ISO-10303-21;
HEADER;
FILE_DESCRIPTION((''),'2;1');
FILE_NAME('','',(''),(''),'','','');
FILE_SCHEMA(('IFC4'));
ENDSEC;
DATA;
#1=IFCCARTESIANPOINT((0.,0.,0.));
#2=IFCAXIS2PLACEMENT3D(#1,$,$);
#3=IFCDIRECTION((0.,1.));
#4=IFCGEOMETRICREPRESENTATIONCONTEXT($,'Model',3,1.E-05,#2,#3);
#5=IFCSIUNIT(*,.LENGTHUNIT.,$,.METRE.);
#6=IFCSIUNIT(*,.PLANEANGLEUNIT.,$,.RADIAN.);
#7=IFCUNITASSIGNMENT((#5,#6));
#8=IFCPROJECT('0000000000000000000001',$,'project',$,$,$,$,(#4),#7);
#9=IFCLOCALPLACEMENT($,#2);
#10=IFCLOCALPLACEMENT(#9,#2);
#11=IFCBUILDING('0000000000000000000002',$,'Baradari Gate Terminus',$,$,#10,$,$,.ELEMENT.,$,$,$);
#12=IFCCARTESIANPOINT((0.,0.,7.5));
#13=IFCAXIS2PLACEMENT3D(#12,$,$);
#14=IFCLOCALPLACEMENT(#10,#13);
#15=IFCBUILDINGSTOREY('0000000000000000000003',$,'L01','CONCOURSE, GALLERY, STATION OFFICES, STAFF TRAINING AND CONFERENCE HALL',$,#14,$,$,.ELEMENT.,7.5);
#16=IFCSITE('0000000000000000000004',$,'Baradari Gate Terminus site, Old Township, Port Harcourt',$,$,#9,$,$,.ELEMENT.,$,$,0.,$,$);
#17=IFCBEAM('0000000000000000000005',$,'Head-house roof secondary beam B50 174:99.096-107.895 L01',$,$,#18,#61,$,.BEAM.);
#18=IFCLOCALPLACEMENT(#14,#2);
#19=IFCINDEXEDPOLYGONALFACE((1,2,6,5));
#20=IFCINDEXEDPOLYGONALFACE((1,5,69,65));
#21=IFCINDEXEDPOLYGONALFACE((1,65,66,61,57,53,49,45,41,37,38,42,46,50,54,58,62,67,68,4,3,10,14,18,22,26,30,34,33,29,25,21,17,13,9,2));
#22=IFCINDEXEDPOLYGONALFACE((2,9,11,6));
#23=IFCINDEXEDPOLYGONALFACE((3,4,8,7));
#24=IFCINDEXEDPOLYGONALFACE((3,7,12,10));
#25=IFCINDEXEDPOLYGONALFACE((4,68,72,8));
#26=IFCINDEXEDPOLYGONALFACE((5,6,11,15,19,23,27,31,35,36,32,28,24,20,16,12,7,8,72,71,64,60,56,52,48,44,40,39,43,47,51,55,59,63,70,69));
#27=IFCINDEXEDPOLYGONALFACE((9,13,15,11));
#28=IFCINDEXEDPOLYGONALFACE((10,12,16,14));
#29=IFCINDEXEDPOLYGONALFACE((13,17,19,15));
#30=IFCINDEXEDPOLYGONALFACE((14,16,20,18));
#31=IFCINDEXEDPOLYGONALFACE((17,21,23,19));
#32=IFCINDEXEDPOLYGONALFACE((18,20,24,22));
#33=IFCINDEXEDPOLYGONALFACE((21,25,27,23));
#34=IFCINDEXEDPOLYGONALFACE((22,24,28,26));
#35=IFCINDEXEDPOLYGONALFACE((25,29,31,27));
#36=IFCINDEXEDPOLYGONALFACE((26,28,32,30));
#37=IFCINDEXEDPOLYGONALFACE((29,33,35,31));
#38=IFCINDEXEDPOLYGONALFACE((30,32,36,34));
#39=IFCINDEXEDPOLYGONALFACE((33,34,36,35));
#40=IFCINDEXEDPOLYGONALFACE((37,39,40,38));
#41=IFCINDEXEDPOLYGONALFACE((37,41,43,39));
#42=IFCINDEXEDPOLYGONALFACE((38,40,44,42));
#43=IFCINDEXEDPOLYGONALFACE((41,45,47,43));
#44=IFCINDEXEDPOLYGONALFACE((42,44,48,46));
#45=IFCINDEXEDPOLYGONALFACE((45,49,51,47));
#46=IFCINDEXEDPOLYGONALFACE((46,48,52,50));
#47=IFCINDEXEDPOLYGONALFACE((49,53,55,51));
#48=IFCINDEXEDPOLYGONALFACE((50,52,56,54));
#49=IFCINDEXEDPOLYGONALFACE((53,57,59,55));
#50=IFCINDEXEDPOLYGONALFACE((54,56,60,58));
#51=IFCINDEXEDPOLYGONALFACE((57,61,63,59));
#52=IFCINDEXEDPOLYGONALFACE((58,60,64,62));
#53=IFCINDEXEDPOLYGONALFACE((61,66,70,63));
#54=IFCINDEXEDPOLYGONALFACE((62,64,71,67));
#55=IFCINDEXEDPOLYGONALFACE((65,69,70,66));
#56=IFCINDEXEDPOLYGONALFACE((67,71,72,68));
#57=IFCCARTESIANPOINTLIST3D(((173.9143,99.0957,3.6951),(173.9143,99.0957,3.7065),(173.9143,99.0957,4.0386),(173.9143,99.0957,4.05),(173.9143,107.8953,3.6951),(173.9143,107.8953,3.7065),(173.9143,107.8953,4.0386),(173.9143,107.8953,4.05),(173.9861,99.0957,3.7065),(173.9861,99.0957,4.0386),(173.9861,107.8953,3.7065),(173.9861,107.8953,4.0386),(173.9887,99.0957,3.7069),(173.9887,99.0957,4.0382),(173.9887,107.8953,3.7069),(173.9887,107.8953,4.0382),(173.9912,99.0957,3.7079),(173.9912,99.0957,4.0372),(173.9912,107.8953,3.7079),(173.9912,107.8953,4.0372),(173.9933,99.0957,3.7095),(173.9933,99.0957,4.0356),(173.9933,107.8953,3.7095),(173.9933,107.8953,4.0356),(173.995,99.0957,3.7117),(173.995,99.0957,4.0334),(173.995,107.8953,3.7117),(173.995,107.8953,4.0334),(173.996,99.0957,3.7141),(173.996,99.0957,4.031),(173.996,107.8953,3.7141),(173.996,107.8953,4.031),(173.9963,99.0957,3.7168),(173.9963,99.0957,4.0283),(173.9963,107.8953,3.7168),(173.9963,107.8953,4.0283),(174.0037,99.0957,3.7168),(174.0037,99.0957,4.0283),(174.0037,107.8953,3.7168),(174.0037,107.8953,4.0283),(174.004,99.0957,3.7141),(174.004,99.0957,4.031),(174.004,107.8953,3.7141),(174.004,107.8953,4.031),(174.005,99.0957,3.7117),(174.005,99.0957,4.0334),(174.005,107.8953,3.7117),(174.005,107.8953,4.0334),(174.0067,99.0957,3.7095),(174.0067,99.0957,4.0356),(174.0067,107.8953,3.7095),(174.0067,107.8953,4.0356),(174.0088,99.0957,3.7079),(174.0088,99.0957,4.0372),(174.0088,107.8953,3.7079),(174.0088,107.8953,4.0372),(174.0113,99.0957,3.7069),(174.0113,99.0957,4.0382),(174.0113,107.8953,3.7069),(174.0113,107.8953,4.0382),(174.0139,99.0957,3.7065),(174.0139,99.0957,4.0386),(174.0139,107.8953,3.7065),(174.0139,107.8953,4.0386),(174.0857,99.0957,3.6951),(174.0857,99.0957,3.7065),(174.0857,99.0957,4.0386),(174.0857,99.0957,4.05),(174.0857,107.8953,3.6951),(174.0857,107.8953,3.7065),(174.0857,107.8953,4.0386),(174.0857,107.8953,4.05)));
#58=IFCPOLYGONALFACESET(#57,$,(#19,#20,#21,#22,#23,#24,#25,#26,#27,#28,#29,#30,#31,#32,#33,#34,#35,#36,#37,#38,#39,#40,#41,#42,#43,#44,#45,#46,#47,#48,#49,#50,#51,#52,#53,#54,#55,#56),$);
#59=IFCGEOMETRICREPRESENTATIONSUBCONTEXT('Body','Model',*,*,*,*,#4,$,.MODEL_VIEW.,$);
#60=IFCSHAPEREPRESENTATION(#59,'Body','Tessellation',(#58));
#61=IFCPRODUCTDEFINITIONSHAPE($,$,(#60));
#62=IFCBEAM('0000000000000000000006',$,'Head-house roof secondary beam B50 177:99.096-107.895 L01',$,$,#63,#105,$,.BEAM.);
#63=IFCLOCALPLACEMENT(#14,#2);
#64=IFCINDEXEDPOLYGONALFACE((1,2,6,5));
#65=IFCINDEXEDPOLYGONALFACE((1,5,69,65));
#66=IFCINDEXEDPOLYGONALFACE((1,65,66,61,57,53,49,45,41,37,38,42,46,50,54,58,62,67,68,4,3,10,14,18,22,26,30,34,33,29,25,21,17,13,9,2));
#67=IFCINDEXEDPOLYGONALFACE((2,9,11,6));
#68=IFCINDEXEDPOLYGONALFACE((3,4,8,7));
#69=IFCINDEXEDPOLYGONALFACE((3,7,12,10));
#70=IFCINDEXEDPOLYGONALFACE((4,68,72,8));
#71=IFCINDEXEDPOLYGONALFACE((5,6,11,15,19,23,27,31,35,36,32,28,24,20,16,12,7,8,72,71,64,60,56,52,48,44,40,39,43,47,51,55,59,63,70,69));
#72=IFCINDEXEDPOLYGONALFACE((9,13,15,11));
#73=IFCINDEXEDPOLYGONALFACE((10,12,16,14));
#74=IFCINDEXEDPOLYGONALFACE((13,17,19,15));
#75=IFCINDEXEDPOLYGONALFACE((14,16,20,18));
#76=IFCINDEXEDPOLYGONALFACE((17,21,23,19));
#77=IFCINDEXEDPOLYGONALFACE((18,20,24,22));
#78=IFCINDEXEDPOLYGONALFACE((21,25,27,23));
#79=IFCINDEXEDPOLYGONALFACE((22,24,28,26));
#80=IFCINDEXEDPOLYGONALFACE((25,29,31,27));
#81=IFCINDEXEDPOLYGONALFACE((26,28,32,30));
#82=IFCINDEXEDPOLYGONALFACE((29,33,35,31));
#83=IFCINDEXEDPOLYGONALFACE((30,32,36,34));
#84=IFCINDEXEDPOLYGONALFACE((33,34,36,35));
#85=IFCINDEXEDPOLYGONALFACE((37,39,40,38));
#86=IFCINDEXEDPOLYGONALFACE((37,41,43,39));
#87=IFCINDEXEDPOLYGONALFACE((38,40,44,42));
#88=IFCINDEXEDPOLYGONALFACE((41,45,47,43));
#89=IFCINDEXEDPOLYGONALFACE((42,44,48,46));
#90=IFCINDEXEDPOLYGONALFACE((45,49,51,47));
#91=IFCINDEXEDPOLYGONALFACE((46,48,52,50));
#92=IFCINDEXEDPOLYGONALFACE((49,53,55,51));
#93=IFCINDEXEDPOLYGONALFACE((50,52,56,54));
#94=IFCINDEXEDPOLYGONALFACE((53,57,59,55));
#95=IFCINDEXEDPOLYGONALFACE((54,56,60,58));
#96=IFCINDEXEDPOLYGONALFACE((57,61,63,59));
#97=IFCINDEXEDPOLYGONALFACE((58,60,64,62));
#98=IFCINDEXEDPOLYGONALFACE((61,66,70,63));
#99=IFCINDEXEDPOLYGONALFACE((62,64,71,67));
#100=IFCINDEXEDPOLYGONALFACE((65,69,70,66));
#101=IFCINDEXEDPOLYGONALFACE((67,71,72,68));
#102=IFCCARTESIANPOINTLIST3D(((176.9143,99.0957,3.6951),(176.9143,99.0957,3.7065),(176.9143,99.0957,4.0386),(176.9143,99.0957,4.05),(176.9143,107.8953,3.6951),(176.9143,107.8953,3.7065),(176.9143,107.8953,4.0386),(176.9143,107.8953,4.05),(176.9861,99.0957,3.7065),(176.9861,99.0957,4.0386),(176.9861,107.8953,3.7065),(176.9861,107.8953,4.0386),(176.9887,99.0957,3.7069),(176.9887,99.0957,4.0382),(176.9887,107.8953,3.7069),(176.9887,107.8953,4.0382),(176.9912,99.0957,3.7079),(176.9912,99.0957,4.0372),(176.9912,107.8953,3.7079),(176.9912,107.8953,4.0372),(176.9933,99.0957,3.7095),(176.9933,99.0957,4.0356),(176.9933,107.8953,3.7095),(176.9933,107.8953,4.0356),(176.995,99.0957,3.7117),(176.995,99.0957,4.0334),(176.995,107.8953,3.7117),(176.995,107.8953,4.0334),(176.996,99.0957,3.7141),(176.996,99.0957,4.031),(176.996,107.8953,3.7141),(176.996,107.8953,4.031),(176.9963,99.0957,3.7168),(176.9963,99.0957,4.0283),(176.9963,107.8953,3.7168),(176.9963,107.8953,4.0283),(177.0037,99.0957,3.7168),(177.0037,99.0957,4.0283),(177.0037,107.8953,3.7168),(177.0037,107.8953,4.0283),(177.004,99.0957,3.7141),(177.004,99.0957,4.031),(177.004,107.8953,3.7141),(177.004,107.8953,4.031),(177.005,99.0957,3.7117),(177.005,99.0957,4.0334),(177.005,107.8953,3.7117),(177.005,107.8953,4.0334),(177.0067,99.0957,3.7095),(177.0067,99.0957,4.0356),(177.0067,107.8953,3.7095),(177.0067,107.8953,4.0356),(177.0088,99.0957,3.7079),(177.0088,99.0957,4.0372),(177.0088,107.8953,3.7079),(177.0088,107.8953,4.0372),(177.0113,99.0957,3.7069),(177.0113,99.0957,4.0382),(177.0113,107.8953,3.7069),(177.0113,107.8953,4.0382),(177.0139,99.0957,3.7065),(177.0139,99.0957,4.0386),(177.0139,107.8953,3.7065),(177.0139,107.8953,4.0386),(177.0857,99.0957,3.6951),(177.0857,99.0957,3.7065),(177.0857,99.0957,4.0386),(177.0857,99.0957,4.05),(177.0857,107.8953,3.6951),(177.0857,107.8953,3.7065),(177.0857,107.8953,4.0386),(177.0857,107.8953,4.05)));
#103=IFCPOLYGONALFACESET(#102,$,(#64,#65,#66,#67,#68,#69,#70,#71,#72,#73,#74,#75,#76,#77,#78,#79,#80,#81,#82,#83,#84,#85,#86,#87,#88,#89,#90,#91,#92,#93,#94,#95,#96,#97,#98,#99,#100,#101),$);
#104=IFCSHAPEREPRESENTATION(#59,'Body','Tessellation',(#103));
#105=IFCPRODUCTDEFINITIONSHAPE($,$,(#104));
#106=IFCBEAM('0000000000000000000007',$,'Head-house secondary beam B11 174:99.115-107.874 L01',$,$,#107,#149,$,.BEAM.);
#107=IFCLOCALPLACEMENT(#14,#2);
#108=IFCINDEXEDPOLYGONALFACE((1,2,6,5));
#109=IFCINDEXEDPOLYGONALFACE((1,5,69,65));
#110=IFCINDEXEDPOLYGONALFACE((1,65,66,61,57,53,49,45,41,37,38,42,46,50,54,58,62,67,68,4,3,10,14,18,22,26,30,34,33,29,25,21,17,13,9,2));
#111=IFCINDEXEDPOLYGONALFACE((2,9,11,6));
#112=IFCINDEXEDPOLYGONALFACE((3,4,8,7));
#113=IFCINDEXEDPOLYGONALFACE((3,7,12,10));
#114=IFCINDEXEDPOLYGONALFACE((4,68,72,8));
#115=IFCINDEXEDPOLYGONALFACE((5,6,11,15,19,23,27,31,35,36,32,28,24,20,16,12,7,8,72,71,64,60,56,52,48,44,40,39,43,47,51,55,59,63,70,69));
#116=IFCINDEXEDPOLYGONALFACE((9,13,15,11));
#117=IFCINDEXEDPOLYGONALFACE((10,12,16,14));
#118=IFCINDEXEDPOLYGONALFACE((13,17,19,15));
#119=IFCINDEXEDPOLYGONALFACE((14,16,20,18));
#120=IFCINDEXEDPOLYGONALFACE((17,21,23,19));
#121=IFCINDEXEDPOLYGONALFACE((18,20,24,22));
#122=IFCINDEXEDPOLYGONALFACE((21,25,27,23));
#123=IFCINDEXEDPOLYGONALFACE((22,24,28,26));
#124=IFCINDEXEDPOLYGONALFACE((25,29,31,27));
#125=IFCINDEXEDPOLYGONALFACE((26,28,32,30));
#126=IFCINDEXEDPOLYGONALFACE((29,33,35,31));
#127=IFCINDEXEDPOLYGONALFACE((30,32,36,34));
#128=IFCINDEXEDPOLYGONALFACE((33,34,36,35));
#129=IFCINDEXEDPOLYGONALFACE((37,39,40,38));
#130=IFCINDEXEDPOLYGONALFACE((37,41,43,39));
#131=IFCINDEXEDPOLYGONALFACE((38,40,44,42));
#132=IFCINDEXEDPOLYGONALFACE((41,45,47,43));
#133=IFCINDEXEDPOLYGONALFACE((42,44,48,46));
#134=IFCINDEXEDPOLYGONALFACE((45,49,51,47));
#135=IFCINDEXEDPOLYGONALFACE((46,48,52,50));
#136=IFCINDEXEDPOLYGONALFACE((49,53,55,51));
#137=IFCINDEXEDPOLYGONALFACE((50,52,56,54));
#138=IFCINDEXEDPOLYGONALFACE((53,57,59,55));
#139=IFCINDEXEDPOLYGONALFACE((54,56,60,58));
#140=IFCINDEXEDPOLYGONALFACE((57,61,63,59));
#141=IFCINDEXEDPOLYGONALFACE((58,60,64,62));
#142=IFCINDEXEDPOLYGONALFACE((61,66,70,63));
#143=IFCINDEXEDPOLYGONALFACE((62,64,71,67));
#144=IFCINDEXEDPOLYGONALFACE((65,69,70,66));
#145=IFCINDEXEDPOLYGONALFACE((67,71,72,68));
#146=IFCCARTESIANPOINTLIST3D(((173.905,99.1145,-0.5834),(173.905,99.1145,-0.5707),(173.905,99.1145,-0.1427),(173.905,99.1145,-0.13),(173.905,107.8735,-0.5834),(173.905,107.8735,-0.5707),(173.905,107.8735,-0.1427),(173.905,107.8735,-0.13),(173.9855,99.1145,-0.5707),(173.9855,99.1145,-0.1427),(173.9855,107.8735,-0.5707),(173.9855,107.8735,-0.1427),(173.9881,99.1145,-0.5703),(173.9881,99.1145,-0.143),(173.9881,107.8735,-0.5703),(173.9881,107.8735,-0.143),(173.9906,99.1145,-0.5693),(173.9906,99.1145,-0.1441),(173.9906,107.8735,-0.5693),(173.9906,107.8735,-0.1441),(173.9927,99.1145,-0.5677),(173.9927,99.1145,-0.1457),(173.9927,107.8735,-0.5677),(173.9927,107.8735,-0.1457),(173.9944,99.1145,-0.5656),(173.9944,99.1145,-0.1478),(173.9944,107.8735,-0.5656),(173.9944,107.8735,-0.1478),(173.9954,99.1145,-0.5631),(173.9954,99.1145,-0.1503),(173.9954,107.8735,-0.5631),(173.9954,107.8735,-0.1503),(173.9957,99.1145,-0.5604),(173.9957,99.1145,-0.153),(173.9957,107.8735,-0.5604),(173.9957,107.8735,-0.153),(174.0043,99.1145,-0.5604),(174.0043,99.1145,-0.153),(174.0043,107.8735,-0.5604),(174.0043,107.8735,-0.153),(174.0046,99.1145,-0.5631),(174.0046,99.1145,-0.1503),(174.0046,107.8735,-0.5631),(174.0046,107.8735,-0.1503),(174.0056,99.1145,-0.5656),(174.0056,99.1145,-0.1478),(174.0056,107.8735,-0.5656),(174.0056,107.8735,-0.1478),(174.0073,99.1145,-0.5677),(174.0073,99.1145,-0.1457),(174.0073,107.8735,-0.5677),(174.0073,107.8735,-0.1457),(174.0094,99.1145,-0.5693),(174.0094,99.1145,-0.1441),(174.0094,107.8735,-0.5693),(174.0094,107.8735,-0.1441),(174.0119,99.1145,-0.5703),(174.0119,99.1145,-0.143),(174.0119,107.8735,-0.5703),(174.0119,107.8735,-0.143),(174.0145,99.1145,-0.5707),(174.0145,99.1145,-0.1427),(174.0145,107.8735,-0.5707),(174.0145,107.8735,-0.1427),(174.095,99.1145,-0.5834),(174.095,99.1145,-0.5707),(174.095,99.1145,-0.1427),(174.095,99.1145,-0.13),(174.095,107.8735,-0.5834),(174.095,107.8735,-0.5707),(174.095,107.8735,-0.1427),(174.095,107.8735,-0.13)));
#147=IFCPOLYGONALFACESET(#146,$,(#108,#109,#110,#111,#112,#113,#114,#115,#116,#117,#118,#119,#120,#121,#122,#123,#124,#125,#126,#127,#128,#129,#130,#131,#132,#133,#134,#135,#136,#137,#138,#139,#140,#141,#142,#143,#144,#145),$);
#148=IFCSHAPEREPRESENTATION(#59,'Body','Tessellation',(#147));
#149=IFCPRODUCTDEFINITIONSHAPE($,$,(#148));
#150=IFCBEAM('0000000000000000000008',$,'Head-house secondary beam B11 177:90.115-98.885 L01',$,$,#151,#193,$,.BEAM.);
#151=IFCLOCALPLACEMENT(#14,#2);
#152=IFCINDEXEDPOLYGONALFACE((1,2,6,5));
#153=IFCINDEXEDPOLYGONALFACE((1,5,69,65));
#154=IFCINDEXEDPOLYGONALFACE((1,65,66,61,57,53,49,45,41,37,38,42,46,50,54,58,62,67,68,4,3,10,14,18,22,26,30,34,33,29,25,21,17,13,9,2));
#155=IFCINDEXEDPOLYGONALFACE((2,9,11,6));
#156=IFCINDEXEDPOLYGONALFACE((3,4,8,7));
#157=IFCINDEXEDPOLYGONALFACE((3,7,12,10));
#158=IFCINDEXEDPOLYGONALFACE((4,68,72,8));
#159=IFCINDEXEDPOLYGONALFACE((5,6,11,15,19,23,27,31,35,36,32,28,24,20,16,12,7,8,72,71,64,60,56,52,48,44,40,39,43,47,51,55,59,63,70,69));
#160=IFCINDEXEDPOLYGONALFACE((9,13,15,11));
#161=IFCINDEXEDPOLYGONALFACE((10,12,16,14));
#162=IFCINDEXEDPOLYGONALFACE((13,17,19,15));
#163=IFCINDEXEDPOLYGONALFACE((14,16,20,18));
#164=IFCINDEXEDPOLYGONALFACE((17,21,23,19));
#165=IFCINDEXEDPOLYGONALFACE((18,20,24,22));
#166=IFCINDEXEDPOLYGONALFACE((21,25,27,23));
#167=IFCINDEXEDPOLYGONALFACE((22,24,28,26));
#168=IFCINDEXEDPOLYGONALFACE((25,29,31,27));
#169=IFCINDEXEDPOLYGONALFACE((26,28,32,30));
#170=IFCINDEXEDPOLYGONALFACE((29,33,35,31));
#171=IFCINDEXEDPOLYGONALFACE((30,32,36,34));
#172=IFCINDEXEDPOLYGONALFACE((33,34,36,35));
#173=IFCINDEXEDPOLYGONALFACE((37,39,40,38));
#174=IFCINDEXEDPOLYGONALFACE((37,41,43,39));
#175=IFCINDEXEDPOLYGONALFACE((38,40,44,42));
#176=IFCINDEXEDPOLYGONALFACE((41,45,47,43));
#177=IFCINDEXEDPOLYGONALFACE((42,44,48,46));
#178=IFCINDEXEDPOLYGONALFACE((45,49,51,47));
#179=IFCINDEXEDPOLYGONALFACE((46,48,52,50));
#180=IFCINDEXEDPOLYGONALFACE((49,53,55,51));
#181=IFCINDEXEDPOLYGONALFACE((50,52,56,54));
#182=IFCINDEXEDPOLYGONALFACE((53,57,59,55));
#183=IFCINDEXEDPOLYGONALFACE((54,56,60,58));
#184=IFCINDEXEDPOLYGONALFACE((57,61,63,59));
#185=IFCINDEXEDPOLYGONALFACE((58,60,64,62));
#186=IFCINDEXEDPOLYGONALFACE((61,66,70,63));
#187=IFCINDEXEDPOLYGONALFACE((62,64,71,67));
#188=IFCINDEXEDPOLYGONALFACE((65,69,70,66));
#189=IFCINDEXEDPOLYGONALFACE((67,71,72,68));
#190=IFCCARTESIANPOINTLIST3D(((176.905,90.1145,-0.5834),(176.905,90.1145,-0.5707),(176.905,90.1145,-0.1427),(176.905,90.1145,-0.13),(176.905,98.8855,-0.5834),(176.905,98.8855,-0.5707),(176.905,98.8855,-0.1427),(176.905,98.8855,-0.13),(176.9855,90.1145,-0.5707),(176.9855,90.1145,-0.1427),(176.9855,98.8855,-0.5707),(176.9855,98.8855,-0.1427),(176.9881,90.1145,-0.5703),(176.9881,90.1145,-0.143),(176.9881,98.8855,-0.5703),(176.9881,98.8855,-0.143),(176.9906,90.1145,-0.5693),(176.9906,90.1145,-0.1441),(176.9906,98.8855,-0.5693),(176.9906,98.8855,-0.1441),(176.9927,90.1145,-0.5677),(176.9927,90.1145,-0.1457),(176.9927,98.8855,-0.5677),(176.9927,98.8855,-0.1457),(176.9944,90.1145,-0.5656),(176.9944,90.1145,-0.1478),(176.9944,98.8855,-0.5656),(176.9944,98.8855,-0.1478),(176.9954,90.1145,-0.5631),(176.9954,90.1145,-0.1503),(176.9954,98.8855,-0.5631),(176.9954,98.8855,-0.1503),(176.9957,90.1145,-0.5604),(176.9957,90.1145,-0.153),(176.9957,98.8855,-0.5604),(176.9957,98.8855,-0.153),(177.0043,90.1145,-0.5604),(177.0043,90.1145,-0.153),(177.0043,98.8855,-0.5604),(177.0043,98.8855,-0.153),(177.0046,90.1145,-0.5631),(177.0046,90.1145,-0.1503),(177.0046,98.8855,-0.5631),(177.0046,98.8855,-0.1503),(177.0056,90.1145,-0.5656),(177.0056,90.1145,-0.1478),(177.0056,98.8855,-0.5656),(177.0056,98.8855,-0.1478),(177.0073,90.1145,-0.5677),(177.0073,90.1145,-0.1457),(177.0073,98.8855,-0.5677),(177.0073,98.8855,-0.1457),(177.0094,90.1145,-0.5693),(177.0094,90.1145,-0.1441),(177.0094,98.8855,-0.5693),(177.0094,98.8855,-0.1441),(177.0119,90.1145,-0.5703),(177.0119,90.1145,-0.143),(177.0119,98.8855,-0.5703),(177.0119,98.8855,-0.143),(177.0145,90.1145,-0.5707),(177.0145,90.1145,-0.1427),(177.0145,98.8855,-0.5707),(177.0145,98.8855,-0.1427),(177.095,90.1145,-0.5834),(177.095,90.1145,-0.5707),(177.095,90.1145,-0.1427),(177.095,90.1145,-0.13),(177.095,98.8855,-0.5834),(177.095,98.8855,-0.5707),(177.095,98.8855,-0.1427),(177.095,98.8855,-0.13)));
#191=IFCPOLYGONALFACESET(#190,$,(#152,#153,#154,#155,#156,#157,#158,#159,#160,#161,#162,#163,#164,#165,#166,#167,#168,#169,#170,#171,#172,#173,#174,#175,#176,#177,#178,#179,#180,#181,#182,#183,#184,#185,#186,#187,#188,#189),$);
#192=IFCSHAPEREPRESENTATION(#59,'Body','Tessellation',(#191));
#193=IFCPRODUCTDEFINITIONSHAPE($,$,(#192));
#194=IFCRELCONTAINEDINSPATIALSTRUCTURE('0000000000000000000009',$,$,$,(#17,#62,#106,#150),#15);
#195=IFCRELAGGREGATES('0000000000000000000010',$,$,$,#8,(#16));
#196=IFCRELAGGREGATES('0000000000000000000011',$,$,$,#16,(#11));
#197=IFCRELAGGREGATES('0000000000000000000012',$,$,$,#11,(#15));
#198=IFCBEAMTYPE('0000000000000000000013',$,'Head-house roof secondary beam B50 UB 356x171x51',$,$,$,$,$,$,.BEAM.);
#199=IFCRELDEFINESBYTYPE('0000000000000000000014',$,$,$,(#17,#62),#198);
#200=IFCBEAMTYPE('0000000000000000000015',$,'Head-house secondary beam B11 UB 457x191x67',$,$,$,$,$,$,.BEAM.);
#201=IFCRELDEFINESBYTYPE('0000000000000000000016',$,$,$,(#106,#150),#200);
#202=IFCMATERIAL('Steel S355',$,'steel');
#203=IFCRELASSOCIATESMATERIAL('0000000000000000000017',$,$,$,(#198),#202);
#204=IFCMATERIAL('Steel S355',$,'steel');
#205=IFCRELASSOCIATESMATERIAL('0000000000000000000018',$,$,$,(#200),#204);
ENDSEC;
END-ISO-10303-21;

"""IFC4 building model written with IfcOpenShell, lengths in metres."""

from ifc_helpers import new_model, si_unit, direction, frame, origin, origin_2d, place, context, subcontext, project, spatial, i_section, extrude, material, material_profile, profile_set, type_object, element, save


model = new_model("IFC4")

# Units and contexts
model_context = context("Model", 3, precision=1e-05, world=origin(), true_north=direction((0.0, 1.0)))
body_context = subcontext(model_context, "Body", "Model", "MODEL_VIEW")
ifc_project = project(units=[si_unit("LENGTHUNIT", "METRE"), si_unit("PLANEANGLEUNIT", "RADIAN")], contexts=[model_context])

# Site, building, storey
site_placement = place(None, origin())
site = spatial("IfcSite", under=ifc_project, at=site_placement, Name="Baradari Gate Terminus site, Old Township, Port Harcourt", CompositionType="ELEMENT", RefElevation=0.0)
building_placement = place(site_placement, origin())
building = spatial("IfcBuilding", under=site, at=building_placement, Name="Baradari Gate Terminus", CompositionType="ELEMENT")
storey_placement = place(building_placement, frame((0.0, 0.0, 7.5)))
storey = spatial("IfcBuildingStorey", under=building, at=storey_placement, Name="L01", Description="CONCOURSE, GALLERY, STATION OFFICES, STAFF TRAINING AND CONFERENCE HALL", CompositionType="ELEMENT", Elevation=7.5)

# Beams
ifc_material_1 = material(Name="Steel S355", Category="steel")
ifc_material_profile_1 = material_profile(ifc_material_1, i_section(OverallWidth=0.1714, OverallDepth=0.355, WebThickness=0.0073, FlangeThickness=0.0115, FilletRadius=0.0103, at=origin_2d()), Name="UB 356x171x51")
ifc_profile_set_1 = profile_set([ifc_material_profile_1], Name="Steel S355")
beam_type_1 = type_object("IfcBeamType", Name="Head-house roof secondary beam B50 UB 356x171x51", PredefinedType="BEAM", material=ifc_profile_set_1)
for number, where, z_axis, x_axis, name in (
    (1, (174.0, 99.0957, 3.8726), (0.0, 1.0, 0.0), (-1.0, 0.0, 0.0), "Head-house roof secondary beam B50 174:99.096-107.895 L01"),
    (2, (177.0, 99.0957, 3.8726), (0.0, 1.0, 0.0), (-1.0, 0.0, 0.0), "Head-house roof secondary beam B50 177:99.096-107.895 L01"),
):
    element("IfcBeam", number, at=place(storey_placement, frame(where, z_axis=z_axis, x_axis=x_axis)), inside=storey, type_object=beam_type_1, Name=name, PredefinedType="BEAM", context=body_context, shape_type="SweptSolid", body=[
        extrude(i_section(OverallWidth=0.1714, OverallDepth=0.355, WebThickness=0.0073, FlangeThickness=0.0115, FilletRadius=0.0103, at=origin_2d()), origin(), (0.0, 0.0, 1.0), 8.7996),
    ])
ifc_material_2 = material(Name="Steel S355", Category="steel")
ifc_material_profile_2 = material_profile(ifc_material_2, i_section(OverallWidth=0.1899, OverallDepth=0.4534, WebThickness=0.0085, FlangeThickness=0.0127, FilletRadius=0.0103, at=origin_2d()), Name="UB 457x191x67")
ifc_profile_set_2 = profile_set([ifc_material_profile_2], Name="Steel S355")
beam_type_2 = type_object("IfcBeamType", Name="Head-house secondary beam B11 UB 457x191x67", PredefinedType="BEAM", material=ifc_profile_set_2)
beam_1_placement = place(storey_placement, frame((174.0, 99.1145, -0.3567), z_axis=(0.0, 1.0, 0.0), x_axis=(-1.0, 0.0, 0.0)))
element("IfcBeam", 3, at=beam_1_placement, inside=storey, type_object=beam_type_2, Name="Head-house secondary beam B11 174:99.115-107.874 L01", PredefinedType="BEAM", context=body_context, shape_type="SweptSolid", body=[
    extrude(i_section(OverallWidth=0.1899, OverallDepth=0.4534, WebThickness=0.0085, FlangeThickness=0.0127, FilletRadius=0.0103, at=origin_2d()), origin(), (0.0, 0.0, 1.0), 8.759),
])
beam_2_placement = place(storey_placement, frame((177.0, 90.1145, -0.3567), z_axis=(0.0, 1.0, 0.0), x_axis=(-1.0, 0.0, 0.0)))
element("IfcBeam", 4, at=beam_2_placement, inside=storey, type_object=beam_type_2, Name="Head-house secondary beam B11 177:90.115-98.885 L01", PredefinedType="BEAM", context=body_context, shape_type="SweptSolid", body=[
    extrude(i_section(OverallWidth=0.1899, OverallDepth=0.4534, WebThickness=0.0085, FlangeThickness=0.0127, FilletRadius=0.0103, at=origin_2d()), origin(), (0.0, 0.0, 1.0), 8.771),
])

save(model, "model.ifc")
